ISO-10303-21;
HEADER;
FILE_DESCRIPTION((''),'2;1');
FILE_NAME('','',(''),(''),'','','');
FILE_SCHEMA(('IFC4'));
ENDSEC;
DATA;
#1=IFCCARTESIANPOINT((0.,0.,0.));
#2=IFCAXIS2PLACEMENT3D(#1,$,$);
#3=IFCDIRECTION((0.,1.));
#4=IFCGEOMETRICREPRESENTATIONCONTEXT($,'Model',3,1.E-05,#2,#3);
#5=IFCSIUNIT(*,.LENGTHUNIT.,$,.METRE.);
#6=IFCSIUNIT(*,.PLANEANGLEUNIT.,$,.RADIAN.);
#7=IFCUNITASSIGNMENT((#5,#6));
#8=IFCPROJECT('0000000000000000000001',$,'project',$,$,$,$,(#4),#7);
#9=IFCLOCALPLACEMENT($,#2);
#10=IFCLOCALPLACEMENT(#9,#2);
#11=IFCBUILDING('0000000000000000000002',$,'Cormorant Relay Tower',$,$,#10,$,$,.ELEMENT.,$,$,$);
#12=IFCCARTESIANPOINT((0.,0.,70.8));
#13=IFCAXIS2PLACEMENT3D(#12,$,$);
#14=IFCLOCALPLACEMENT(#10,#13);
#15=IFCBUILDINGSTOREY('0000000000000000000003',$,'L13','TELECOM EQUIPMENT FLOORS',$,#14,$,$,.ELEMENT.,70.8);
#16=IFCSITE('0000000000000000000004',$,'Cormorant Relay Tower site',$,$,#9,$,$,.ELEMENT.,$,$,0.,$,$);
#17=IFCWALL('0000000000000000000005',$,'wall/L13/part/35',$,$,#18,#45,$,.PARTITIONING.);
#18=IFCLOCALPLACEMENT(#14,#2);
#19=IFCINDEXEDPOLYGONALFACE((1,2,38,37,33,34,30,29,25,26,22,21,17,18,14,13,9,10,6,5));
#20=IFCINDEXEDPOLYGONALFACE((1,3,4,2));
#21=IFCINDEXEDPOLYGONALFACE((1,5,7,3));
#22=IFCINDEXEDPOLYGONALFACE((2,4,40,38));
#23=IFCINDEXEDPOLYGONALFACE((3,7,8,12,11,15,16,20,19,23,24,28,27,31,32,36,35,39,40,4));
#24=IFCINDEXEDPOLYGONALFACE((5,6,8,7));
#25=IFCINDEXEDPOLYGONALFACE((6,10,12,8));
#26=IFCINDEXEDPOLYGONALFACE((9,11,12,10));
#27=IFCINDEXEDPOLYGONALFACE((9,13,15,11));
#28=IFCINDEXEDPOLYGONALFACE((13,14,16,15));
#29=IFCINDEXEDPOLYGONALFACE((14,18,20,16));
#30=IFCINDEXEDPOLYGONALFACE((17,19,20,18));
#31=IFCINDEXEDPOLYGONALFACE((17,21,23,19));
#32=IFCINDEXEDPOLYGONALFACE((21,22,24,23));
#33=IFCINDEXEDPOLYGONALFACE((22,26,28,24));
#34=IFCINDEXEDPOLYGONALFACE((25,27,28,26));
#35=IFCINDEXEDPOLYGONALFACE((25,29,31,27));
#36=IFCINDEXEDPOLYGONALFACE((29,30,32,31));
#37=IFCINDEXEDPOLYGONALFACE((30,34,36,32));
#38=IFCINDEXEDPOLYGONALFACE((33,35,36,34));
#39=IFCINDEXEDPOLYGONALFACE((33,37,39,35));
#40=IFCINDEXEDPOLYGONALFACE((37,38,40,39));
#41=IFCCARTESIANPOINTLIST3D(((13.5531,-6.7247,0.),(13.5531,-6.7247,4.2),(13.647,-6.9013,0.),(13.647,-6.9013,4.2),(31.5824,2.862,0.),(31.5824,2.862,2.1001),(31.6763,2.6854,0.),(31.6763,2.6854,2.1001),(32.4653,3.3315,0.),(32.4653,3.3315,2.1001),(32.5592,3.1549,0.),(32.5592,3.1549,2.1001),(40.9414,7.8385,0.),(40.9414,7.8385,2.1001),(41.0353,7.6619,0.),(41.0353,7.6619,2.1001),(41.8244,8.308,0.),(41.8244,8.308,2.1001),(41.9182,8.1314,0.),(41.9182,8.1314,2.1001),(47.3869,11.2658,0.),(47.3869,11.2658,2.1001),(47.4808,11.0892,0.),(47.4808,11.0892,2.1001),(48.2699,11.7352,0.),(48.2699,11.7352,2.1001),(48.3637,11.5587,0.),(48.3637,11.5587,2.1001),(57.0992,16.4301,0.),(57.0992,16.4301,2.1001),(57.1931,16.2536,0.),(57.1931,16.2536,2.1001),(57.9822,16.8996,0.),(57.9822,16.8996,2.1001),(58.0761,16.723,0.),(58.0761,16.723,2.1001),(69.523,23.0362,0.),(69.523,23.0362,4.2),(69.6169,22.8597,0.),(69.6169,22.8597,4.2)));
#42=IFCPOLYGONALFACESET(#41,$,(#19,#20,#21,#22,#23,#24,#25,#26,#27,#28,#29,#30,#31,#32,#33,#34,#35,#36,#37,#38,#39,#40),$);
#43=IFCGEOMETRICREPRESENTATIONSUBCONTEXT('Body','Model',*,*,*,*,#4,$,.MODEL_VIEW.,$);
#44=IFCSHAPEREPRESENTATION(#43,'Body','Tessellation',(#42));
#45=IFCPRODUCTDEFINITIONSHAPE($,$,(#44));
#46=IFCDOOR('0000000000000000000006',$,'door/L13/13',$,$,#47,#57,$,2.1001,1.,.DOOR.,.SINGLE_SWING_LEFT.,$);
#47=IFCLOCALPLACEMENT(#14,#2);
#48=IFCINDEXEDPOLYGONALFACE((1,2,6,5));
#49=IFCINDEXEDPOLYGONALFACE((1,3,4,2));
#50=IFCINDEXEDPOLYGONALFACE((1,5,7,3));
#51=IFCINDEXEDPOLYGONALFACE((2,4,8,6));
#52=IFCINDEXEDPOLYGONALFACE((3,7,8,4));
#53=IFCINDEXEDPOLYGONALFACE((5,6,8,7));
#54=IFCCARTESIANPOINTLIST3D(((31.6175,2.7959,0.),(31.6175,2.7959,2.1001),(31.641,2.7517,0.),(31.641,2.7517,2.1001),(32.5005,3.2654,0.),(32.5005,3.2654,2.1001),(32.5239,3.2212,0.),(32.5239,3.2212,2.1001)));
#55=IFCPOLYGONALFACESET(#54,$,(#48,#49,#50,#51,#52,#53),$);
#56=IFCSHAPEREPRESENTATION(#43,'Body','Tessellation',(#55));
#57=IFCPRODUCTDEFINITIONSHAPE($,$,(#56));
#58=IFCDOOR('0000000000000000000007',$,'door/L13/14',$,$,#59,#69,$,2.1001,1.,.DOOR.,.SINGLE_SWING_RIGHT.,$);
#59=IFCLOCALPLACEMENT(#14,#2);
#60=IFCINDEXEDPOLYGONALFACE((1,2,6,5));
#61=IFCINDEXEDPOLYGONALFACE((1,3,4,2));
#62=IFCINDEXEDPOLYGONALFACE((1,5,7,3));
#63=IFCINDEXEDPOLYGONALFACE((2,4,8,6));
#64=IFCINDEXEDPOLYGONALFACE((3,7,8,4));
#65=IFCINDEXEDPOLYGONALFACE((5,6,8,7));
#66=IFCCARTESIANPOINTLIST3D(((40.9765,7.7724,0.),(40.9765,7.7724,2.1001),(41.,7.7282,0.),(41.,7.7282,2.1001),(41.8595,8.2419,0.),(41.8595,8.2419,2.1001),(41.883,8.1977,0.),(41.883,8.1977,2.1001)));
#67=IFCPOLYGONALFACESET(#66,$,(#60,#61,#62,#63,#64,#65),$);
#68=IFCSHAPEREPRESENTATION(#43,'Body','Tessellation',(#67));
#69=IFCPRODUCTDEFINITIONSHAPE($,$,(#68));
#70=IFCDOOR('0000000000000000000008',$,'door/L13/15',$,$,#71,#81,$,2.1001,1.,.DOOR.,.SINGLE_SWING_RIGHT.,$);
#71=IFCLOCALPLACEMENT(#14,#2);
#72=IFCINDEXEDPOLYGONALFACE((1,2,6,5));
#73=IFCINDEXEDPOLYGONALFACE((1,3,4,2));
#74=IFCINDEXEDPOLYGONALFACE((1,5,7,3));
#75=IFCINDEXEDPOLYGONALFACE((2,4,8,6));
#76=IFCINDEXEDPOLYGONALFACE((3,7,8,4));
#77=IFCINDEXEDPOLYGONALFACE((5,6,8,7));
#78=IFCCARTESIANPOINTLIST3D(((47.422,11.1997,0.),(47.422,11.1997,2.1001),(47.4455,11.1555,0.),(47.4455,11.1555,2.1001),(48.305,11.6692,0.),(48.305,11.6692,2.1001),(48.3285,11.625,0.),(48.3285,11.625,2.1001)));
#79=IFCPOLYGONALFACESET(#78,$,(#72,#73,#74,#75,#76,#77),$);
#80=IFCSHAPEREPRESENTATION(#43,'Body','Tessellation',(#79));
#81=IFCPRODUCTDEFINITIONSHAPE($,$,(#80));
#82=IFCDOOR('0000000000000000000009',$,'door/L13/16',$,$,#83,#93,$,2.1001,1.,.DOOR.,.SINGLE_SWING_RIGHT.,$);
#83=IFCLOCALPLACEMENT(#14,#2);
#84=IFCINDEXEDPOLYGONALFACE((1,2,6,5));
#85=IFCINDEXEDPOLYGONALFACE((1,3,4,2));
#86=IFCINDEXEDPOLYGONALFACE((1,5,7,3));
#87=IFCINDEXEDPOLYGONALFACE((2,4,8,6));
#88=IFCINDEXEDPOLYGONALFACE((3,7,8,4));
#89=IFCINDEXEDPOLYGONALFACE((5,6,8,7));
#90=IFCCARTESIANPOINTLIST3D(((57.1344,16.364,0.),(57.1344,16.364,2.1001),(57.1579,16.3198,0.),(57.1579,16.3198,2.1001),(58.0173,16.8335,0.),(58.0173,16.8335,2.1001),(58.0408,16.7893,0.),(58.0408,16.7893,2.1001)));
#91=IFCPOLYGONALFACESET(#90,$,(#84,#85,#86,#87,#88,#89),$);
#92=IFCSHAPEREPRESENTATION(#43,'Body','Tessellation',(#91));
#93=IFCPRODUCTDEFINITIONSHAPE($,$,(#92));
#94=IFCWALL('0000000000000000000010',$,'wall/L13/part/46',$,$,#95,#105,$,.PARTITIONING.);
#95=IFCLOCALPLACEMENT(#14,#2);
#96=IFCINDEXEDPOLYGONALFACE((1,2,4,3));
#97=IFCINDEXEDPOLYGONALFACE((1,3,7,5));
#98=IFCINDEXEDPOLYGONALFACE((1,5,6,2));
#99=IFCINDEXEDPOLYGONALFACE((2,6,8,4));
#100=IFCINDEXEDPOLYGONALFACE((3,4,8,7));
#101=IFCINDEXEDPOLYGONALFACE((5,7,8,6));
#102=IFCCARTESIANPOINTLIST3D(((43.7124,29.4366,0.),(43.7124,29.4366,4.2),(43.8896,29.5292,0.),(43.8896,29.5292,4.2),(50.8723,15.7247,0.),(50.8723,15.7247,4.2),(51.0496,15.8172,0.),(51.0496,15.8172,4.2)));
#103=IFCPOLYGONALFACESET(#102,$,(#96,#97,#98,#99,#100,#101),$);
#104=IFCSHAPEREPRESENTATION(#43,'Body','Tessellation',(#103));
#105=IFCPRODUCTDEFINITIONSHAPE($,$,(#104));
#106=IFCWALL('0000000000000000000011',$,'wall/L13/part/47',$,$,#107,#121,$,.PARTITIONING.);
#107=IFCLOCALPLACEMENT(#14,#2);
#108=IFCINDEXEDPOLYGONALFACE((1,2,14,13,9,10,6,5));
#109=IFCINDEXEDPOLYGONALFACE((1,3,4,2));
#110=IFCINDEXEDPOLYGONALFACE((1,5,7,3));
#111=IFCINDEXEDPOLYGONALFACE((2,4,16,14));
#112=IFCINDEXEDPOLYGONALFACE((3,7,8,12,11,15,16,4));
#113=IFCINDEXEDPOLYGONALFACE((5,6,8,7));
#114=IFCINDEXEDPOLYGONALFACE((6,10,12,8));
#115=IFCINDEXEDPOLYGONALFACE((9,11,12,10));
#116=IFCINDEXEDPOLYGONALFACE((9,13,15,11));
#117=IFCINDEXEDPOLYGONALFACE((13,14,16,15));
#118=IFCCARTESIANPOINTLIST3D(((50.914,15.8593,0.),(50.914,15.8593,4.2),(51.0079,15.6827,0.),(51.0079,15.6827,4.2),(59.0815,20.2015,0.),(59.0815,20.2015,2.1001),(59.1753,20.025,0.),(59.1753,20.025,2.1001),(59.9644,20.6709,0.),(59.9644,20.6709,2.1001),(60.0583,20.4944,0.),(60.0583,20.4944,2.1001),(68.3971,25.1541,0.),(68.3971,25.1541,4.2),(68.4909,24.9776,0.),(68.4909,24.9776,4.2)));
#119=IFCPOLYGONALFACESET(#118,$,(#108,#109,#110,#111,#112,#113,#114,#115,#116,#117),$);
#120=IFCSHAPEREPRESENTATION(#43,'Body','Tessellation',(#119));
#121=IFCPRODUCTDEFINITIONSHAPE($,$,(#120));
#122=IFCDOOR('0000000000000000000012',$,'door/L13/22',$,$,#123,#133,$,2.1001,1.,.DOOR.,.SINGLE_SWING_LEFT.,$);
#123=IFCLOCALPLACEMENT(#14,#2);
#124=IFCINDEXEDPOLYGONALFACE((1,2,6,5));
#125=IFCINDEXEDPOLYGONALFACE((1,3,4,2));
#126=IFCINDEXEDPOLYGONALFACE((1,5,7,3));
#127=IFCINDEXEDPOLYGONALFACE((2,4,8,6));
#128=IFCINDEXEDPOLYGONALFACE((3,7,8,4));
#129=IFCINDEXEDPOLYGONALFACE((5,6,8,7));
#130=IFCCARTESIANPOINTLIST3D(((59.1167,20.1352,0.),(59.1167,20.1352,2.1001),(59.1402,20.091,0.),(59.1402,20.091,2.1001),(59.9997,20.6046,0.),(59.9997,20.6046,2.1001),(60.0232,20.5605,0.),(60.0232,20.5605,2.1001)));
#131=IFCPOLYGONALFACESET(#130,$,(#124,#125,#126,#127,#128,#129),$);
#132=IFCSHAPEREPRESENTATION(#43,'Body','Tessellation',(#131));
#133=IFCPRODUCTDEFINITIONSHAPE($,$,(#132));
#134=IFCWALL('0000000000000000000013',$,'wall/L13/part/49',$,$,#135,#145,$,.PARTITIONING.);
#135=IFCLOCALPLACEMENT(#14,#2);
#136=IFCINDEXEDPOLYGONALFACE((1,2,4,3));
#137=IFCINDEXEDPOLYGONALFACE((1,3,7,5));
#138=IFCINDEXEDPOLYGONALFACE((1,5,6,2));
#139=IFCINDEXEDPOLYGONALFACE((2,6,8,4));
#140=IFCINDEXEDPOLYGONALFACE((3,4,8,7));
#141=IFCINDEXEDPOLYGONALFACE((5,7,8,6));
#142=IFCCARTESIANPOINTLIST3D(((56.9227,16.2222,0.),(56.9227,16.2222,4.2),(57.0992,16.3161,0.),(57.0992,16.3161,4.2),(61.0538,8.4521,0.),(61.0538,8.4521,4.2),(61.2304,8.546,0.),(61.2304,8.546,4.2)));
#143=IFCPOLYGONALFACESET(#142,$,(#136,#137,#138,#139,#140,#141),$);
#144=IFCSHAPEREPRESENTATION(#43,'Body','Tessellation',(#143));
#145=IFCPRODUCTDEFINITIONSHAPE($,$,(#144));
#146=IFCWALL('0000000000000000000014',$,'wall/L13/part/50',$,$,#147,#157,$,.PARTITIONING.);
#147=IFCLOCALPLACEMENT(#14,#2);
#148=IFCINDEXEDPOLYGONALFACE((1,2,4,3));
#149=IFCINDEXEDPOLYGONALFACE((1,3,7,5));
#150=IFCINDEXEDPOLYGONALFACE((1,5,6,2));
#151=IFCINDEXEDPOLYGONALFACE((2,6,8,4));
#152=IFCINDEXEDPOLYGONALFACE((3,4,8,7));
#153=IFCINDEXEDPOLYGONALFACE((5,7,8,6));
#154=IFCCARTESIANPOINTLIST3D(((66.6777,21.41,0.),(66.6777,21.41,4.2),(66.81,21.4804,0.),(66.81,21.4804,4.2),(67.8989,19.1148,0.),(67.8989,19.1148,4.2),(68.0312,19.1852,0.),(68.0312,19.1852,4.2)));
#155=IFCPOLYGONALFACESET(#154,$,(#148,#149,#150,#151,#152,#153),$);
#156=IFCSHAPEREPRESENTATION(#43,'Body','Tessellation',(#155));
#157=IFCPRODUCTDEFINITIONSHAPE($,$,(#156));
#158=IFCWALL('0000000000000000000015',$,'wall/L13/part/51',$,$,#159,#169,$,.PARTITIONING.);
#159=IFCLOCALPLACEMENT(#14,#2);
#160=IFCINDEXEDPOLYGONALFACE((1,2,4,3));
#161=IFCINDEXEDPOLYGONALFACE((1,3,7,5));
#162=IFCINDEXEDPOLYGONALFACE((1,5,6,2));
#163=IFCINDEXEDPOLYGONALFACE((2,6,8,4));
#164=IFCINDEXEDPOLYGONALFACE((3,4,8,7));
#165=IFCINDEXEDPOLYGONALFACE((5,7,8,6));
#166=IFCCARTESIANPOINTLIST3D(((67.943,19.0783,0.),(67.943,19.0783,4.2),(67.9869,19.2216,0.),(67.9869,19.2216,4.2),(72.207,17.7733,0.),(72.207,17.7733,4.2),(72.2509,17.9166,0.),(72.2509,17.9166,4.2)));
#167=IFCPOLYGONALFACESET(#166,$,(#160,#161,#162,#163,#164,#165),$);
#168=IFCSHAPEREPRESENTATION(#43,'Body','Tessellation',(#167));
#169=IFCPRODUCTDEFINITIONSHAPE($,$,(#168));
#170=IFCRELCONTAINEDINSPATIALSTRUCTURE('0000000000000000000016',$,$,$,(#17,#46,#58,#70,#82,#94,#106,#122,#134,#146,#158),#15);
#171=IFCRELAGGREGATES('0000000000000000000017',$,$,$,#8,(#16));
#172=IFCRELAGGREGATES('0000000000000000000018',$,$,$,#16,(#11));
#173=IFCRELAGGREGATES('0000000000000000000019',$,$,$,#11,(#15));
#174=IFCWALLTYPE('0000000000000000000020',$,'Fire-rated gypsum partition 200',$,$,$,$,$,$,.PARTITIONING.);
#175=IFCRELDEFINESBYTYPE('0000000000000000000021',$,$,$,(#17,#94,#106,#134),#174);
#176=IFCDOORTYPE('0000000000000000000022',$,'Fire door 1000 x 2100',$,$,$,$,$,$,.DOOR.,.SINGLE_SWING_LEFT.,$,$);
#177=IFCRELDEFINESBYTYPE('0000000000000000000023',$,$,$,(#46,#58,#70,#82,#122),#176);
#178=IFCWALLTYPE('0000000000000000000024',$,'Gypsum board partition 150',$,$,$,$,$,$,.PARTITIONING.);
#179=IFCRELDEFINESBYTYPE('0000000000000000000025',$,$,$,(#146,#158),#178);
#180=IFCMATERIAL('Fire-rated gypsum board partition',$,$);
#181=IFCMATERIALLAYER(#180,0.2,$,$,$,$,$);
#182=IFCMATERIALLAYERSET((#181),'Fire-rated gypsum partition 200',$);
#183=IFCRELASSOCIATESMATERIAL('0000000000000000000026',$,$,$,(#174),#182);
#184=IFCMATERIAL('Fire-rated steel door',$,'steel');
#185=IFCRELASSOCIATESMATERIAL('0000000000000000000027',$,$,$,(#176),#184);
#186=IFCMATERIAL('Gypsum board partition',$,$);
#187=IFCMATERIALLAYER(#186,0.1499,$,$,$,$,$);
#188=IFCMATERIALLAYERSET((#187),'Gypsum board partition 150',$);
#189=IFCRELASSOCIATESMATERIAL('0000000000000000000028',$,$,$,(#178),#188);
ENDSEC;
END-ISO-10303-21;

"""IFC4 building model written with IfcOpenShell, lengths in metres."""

from ifc_helpers import new_model, si_unit, direction, frame, frame_2d, origin, place, context, subcontext, project, spatial, rectangle, extrude, material, layer, layer_set, type_object, element, fill, save


model = new_model("IFC4")

# Units and contexts
model_context = context("Model", 3, precision=1e-05, world=origin(), true_north=direction((0.0, 1.0)))
body_context = subcontext(model_context, "Body", "Model", "MODEL_VIEW")
ifc_project = project(units=[si_unit("LENGTHUNIT", "METRE"), si_unit("PLANEANGLEUNIT", "RADIAN")], contexts=[model_context])

# Site, building, storey
site_placement = place(None, origin())
site = spatial("IfcSite", under=ifc_project, at=site_placement, Name="Cormorant Relay Tower site", CompositionType="ELEMENT", RefElevation=0.0)
building_placement = place(site_placement, origin())
building = spatial("IfcBuilding", under=site, at=building_placement, Name="Cormorant Relay Tower", CompositionType="ELEMENT")
storey_placement = place(building_placement, frame((0.0, 0.0, 70.8)))
storey = spatial("IfcBuildingStorey", under=building, at=storey_placement, Name="L13", Description="TELECOM EQUIPMENT FLOORS", CompositionType="ELEMENT", Elevation=70.8)

# Wall, openings, doors
ifc_material_1 = material(Name="Fire-rated gypsum board partition")
ifc_layer_1 = layer(ifc_material_1, 0.2)
ifc_layer_set_1 = layer_set([ifc_layer_1], Name="Fire-rated gypsum partition 200")
wall_type_1 = type_object("IfcWallType", Name="Fire-rated gypsum partition 200", PredefinedType="PARTITIONING", material=ifc_layer_set_1)
wall_1_placement = place(storey_placement, frame((69.5701, 22.948, 0.0), z_axis=(0.0, 0.0, 1.0), x_axis=(-0.88294, -0.469487, 0.0)))
wall_1 = element("IfcWall", 1, at=wall_1_placement, inside=storey, type_object=wall_type_1, Name="wall/L13/part/35", PredefinedType="PARTITIONING", context=body_context, shape_type="SweptSolid", body=[
    extrude(rectangle(XDim=63.3904, YDim=0.2, at=frame_2d((31.6953, 0.0))), origin(), (0.0, 0.0, 1.0), 4.2),
])
opening_1_placement = place(wall_1_placement, frame((41.9709, 0.0, 0.0)))
opening_1 = element("IfcOpeningElement", 2, at=opening_1_placement, cuts=wall_1, PredefinedType="OPENING", context=body_context, shape_type="SweptSolid", body=[
    extrude(rectangle(XDim=1.0, YDim=2.1001, at=frame_2d((0.5, 1.05))), frame((0.0, 0.1099, 0.0), z_axis=(0.0, -1.0, 0.0), x_axis=(1.0, 0.0, 0.0)), (0.0, 0.0, 1.0), 0.22),
])
opening_2_placement = place(wall_1_placement, frame((31.3711, 0.0, 0.0)))
opening_2 = element("IfcOpeningElement", 3, at=opening_2_placement, cuts=wall_1, PredefinedType="OPENING", context=body_context, shape_type="SweptSolid", body=[
    extrude(rectangle(XDim=1.0, YDim=2.1001, at=frame_2d((0.5, 1.05))), frame((0.0, 0.1099, 0.0), z_axis=(0.0, -1.0, 0.0), x_axis=(1.0, 0.0, 0.0)), (0.0, 0.0, 1.0), 0.22),
])
opening_3_placement = place(wall_1_placement, frame((24.071, 0.0, 0.0)))
opening_3 = element("IfcOpeningElement", 4, at=opening_3_placement, cuts=wall_1, PredefinedType="OPENING", context=body_context, shape_type="SweptSolid", body=[
    extrude(rectangle(XDim=1.0, YDim=2.1001, at=frame_2d((0.5, 1.05))), frame((0.0, 0.1099, 0.0), z_axis=(0.0, -1.0, 0.0), x_axis=(1.0, 0.0, 0.0)), (0.0, 0.0, 1.0), 0.22),
])
opening_4_placement = place(wall_1_placement, frame((13.071, 0.0, 0.0)))
opening_4 = element("IfcOpeningElement", 5, at=opening_4_placement, cuts=wall_1, PredefinedType="OPENING", context=body_context, shape_type="SweptSolid", body=[
    extrude(rectangle(XDim=1.0, YDim=2.1001, at=frame_2d((0.5, 1.05))), frame((0.0, 0.1099, 0.0), z_axis=(0.0, -1.0, 0.0), x_axis=(1.0, 0.0, 0.0)), (0.0, 0.0, 1.0), 0.22),
])
ifc_material_2 = material(Name="Fire-rated steel door", Category="steel")
door_type_1 = type_object("IfcDoorType", Name="Fire door 1000 x 2100", OperationType="SINGLE_SWING_LEFT", PredefinedType="DOOR", material=ifc_material_2)
door_1_placement = place(opening_1_placement, origin())
door_1 = element("IfcDoor", 6, at=door_1_placement, inside=storey, type_object=door_type_1, Name="door/L13/13", OperationType="SINGLE_SWING_LEFT", OverallHeight=2.1001, OverallWidth=1.0, PredefinedType="DOOR", context=body_context, shape_type="SweptSolid", body=[
    extrude(rectangle(XDim=1.0, YDim=2.1001, at=frame_2d((0.5, 1.05))), frame((0.0, 0.0249, 0.0), z_axis=(0.0, -1.0, 0.0), x_axis=(1.0, 0.0, 0.0)), (0.0, 0.0, 1.0), 0.05),
])
fill(opening_1, door_1)
door_2_placement = place(opening_2_placement, origin())
door_2 = element("IfcDoor", 7, at=door_2_placement, inside=storey, type_object=door_type_1, Name="door/L13/14", OperationType="SINGLE_SWING_RIGHT", OverallHeight=2.1001, OverallWidth=1.0, PredefinedType="DOOR", context=body_context, shape_type="SweptSolid", body=[
    extrude(rectangle(XDim=1.0, YDim=2.1001, at=frame_2d((0.5, 1.05))), frame((0.0, 0.0249, 0.0), z_axis=(0.0, -1.0, 0.0), x_axis=(1.0, 0.0, 0.0)), (0.0, 0.0, 1.0), 0.05),
])
fill(opening_2, door_2)
door_3_placement = place(opening_3_placement, origin())
door_3 = element("IfcDoor", 8, at=door_3_placement, inside=storey, type_object=door_type_1, Name="door/L13/15", OperationType="SINGLE_SWING_RIGHT", OverallHeight=2.1001, OverallWidth=1.0, PredefinedType="DOOR", context=body_context, shape_type="SweptSolid", body=[
    extrude(rectangle(XDim=1.0, YDim=2.1001, at=frame_2d((0.5, 1.05))), frame((0.0, 0.0249, 0.0), z_axis=(0.0, -1.0, 0.0), x_axis=(1.0, 0.0, 0.0)), (0.0, 0.0, 1.0), 0.05),
])
fill(opening_3, door_3)
door_4_placement = place(opening_4_placement, origin())
door_4 = element("IfcDoor", 9, at=door_4_placement, inside=storey, type_object=door_type_1, Name="door/L13/16", OperationType="SINGLE_SWING_RIGHT", OverallHeight=2.1001, OverallWidth=1.0, PredefinedType="DOOR", context=body_context, shape_type="SweptSolid", body=[
    extrude(rectangle(XDim=1.0, YDim=2.1001, at=frame_2d((0.5, 1.05))), frame((0.0, 0.0249, 0.0), z_axis=(0.0, -1.0, 0.0), x_axis=(1.0, 0.0, 0.0)), (0.0, 0.0, 1.0), 0.05),
])
fill(opening_4, door_4)

# Wall
wall_2_placement = place(storey_placement, frame((43.801, 29.4829, 0.0), z_axis=(0.0, 0.0, 1.0), x_axis=(0.462864, -0.886429, 0.0)))
element("IfcWall", 10, at=wall_2_placement, inside=storey, type_object=wall_type_1, Name="wall/L13/part/46", PredefinedType="PARTITIONING", context=body_context, shape_type="SweptSolid", body=[
    extrude(rectangle(XDim=15.4688, YDim=0.2, at=frame_2d((7.7344, 0.0))), origin(), (0.0, 0.0, 1.0), 4.2),
])

# Wall, opening, door
wall_3_placement = place(storey_placement, frame((50.9609, 15.771, 0.0), z_axis=(0.0, 0.0, 1.0), x_axis=(0.882969, 0.469431, 0.0)))
wall_3 = element("IfcWall", 11, at=wall_3_placement, inside=storey, type_object=wall_type_1, Name="wall/L13/part/47", PredefinedType="PARTITIONING", context=body_context, shape_type="SweptSolid", body=[
    extrude(rectangle(XDim=19.8003, YDim=0.2, at=frame_2d((9.9001, 0.0))), origin(), (0.0, 0.0, 1.0), 4.2),
])
opening_5_placement = place(wall_3_placement, frame((9.25, 0.0, 0.0)))
opening_5 = element("IfcOpeningElement", 12, at=opening_5_placement, cuts=wall_3, PredefinedType="OPENING", context=body_context, shape_type="SweptSolid", body=[
    extrude(rectangle(XDim=1.0, YDim=2.1001, at=frame_2d((0.5, 1.05))), frame((0.0, 0.1099, 0.0), z_axis=(0.0, -1.0, 0.0), x_axis=(1.0, 0.0, 0.0)), (0.0, 0.0, 1.0), 0.22),
])
door_5_placement = place(opening_5_placement, origin())
door_5 = element("IfcDoor", 13, at=door_5_placement, inside=storey, type_object=door_type_1, Name="door/L13/22", OperationType="SINGLE_SWING_LEFT", OverallHeight=2.1001, OverallWidth=1.0, PredefinedType="DOOR", context=body_context, shape_type="SweptSolid", body=[
    extrude(rectangle(XDim=1.0, YDim=2.1001, at=frame_2d((0.5, 1.05))), frame((0.0, 0.0249, 0.0), z_axis=(0.0, -1.0, 0.0), x_axis=(1.0, 0.0, 0.0)), (0.0, 0.0, 1.0), 0.05),
])
fill(opening_5, door_5)

# Walls
wall_4_placement = place(storey_placement, frame((57.011, 16.269, 0.0), z_axis=(0.0, 0.0, 1.0), x_axis=(0.469446, -0.882961, 0.0)))
element("IfcWall", 14, at=wall_4_placement, inside=storey, type_object=wall_type_1, Name="wall/L13/part/49", PredefinedType="PARTITIONING", context=body_context, shape_type="SweptSolid", body=[
    extrude(rectangle(XDim=8.8, YDim=0.2, at=frame_2d((4.3999, 0.0))), origin(), (0.0, 0.0, 1.0), 4.2),
])
ifc_material_3 = material(Name="Gypsum board partition")
ifc_layer_2 = layer(ifc_material_3, 0.1499)
ifc_layer_set_2 = layer_set([ifc_layer_2], Name="Gypsum board partition 150")
wall_type_2 = type_object("IfcWallType", Name="Gypsum board partition 150", PredefinedType="PARTITIONING", material=ifc_layer_set_2)
wall_5_placement = place(storey_placement, frame((66.7439, 21.4451, 0.0), z_axis=(0.0, 0.0, 1.0), x_axis=(0.46972, -0.882815, 0.0)))
element("IfcWall", 15, at=wall_5_placement, inside=storey, type_object=wall_type_2, Name="wall/L13/part/50", PredefinedType="PARTITIONING", context=body_context, shape_type="SweptSolid", body=[
    extrude(rectangle(XDim=2.5999, YDim=0.1499, at=frame_2d((1.2998, 0.0))), origin(), (0.0, 0.0, 1.0), 4.2),
])
wall_6_placement = place(storey_placement, frame((67.9651, 19.1499, 0.0), z_axis=(0.0, 0.0, 1.0), x_axis=(0.956222, -0.292643, 0.0)))
element("IfcWall", 16, at=wall_6_placement, inside=storey, type_object=wall_type_2, Name="wall/L13/part/51", PredefinedType="PARTITIONING", context=body_context, shape_type="SweptSolid", body=[
    extrude(rectangle(XDim=4.4592, YDim=0.1499, at=frame_2d((2.2295, 0.0))), origin(), (0.0, 0.0, 1.0), 4.2),
])

save(model, "model.ifc")
